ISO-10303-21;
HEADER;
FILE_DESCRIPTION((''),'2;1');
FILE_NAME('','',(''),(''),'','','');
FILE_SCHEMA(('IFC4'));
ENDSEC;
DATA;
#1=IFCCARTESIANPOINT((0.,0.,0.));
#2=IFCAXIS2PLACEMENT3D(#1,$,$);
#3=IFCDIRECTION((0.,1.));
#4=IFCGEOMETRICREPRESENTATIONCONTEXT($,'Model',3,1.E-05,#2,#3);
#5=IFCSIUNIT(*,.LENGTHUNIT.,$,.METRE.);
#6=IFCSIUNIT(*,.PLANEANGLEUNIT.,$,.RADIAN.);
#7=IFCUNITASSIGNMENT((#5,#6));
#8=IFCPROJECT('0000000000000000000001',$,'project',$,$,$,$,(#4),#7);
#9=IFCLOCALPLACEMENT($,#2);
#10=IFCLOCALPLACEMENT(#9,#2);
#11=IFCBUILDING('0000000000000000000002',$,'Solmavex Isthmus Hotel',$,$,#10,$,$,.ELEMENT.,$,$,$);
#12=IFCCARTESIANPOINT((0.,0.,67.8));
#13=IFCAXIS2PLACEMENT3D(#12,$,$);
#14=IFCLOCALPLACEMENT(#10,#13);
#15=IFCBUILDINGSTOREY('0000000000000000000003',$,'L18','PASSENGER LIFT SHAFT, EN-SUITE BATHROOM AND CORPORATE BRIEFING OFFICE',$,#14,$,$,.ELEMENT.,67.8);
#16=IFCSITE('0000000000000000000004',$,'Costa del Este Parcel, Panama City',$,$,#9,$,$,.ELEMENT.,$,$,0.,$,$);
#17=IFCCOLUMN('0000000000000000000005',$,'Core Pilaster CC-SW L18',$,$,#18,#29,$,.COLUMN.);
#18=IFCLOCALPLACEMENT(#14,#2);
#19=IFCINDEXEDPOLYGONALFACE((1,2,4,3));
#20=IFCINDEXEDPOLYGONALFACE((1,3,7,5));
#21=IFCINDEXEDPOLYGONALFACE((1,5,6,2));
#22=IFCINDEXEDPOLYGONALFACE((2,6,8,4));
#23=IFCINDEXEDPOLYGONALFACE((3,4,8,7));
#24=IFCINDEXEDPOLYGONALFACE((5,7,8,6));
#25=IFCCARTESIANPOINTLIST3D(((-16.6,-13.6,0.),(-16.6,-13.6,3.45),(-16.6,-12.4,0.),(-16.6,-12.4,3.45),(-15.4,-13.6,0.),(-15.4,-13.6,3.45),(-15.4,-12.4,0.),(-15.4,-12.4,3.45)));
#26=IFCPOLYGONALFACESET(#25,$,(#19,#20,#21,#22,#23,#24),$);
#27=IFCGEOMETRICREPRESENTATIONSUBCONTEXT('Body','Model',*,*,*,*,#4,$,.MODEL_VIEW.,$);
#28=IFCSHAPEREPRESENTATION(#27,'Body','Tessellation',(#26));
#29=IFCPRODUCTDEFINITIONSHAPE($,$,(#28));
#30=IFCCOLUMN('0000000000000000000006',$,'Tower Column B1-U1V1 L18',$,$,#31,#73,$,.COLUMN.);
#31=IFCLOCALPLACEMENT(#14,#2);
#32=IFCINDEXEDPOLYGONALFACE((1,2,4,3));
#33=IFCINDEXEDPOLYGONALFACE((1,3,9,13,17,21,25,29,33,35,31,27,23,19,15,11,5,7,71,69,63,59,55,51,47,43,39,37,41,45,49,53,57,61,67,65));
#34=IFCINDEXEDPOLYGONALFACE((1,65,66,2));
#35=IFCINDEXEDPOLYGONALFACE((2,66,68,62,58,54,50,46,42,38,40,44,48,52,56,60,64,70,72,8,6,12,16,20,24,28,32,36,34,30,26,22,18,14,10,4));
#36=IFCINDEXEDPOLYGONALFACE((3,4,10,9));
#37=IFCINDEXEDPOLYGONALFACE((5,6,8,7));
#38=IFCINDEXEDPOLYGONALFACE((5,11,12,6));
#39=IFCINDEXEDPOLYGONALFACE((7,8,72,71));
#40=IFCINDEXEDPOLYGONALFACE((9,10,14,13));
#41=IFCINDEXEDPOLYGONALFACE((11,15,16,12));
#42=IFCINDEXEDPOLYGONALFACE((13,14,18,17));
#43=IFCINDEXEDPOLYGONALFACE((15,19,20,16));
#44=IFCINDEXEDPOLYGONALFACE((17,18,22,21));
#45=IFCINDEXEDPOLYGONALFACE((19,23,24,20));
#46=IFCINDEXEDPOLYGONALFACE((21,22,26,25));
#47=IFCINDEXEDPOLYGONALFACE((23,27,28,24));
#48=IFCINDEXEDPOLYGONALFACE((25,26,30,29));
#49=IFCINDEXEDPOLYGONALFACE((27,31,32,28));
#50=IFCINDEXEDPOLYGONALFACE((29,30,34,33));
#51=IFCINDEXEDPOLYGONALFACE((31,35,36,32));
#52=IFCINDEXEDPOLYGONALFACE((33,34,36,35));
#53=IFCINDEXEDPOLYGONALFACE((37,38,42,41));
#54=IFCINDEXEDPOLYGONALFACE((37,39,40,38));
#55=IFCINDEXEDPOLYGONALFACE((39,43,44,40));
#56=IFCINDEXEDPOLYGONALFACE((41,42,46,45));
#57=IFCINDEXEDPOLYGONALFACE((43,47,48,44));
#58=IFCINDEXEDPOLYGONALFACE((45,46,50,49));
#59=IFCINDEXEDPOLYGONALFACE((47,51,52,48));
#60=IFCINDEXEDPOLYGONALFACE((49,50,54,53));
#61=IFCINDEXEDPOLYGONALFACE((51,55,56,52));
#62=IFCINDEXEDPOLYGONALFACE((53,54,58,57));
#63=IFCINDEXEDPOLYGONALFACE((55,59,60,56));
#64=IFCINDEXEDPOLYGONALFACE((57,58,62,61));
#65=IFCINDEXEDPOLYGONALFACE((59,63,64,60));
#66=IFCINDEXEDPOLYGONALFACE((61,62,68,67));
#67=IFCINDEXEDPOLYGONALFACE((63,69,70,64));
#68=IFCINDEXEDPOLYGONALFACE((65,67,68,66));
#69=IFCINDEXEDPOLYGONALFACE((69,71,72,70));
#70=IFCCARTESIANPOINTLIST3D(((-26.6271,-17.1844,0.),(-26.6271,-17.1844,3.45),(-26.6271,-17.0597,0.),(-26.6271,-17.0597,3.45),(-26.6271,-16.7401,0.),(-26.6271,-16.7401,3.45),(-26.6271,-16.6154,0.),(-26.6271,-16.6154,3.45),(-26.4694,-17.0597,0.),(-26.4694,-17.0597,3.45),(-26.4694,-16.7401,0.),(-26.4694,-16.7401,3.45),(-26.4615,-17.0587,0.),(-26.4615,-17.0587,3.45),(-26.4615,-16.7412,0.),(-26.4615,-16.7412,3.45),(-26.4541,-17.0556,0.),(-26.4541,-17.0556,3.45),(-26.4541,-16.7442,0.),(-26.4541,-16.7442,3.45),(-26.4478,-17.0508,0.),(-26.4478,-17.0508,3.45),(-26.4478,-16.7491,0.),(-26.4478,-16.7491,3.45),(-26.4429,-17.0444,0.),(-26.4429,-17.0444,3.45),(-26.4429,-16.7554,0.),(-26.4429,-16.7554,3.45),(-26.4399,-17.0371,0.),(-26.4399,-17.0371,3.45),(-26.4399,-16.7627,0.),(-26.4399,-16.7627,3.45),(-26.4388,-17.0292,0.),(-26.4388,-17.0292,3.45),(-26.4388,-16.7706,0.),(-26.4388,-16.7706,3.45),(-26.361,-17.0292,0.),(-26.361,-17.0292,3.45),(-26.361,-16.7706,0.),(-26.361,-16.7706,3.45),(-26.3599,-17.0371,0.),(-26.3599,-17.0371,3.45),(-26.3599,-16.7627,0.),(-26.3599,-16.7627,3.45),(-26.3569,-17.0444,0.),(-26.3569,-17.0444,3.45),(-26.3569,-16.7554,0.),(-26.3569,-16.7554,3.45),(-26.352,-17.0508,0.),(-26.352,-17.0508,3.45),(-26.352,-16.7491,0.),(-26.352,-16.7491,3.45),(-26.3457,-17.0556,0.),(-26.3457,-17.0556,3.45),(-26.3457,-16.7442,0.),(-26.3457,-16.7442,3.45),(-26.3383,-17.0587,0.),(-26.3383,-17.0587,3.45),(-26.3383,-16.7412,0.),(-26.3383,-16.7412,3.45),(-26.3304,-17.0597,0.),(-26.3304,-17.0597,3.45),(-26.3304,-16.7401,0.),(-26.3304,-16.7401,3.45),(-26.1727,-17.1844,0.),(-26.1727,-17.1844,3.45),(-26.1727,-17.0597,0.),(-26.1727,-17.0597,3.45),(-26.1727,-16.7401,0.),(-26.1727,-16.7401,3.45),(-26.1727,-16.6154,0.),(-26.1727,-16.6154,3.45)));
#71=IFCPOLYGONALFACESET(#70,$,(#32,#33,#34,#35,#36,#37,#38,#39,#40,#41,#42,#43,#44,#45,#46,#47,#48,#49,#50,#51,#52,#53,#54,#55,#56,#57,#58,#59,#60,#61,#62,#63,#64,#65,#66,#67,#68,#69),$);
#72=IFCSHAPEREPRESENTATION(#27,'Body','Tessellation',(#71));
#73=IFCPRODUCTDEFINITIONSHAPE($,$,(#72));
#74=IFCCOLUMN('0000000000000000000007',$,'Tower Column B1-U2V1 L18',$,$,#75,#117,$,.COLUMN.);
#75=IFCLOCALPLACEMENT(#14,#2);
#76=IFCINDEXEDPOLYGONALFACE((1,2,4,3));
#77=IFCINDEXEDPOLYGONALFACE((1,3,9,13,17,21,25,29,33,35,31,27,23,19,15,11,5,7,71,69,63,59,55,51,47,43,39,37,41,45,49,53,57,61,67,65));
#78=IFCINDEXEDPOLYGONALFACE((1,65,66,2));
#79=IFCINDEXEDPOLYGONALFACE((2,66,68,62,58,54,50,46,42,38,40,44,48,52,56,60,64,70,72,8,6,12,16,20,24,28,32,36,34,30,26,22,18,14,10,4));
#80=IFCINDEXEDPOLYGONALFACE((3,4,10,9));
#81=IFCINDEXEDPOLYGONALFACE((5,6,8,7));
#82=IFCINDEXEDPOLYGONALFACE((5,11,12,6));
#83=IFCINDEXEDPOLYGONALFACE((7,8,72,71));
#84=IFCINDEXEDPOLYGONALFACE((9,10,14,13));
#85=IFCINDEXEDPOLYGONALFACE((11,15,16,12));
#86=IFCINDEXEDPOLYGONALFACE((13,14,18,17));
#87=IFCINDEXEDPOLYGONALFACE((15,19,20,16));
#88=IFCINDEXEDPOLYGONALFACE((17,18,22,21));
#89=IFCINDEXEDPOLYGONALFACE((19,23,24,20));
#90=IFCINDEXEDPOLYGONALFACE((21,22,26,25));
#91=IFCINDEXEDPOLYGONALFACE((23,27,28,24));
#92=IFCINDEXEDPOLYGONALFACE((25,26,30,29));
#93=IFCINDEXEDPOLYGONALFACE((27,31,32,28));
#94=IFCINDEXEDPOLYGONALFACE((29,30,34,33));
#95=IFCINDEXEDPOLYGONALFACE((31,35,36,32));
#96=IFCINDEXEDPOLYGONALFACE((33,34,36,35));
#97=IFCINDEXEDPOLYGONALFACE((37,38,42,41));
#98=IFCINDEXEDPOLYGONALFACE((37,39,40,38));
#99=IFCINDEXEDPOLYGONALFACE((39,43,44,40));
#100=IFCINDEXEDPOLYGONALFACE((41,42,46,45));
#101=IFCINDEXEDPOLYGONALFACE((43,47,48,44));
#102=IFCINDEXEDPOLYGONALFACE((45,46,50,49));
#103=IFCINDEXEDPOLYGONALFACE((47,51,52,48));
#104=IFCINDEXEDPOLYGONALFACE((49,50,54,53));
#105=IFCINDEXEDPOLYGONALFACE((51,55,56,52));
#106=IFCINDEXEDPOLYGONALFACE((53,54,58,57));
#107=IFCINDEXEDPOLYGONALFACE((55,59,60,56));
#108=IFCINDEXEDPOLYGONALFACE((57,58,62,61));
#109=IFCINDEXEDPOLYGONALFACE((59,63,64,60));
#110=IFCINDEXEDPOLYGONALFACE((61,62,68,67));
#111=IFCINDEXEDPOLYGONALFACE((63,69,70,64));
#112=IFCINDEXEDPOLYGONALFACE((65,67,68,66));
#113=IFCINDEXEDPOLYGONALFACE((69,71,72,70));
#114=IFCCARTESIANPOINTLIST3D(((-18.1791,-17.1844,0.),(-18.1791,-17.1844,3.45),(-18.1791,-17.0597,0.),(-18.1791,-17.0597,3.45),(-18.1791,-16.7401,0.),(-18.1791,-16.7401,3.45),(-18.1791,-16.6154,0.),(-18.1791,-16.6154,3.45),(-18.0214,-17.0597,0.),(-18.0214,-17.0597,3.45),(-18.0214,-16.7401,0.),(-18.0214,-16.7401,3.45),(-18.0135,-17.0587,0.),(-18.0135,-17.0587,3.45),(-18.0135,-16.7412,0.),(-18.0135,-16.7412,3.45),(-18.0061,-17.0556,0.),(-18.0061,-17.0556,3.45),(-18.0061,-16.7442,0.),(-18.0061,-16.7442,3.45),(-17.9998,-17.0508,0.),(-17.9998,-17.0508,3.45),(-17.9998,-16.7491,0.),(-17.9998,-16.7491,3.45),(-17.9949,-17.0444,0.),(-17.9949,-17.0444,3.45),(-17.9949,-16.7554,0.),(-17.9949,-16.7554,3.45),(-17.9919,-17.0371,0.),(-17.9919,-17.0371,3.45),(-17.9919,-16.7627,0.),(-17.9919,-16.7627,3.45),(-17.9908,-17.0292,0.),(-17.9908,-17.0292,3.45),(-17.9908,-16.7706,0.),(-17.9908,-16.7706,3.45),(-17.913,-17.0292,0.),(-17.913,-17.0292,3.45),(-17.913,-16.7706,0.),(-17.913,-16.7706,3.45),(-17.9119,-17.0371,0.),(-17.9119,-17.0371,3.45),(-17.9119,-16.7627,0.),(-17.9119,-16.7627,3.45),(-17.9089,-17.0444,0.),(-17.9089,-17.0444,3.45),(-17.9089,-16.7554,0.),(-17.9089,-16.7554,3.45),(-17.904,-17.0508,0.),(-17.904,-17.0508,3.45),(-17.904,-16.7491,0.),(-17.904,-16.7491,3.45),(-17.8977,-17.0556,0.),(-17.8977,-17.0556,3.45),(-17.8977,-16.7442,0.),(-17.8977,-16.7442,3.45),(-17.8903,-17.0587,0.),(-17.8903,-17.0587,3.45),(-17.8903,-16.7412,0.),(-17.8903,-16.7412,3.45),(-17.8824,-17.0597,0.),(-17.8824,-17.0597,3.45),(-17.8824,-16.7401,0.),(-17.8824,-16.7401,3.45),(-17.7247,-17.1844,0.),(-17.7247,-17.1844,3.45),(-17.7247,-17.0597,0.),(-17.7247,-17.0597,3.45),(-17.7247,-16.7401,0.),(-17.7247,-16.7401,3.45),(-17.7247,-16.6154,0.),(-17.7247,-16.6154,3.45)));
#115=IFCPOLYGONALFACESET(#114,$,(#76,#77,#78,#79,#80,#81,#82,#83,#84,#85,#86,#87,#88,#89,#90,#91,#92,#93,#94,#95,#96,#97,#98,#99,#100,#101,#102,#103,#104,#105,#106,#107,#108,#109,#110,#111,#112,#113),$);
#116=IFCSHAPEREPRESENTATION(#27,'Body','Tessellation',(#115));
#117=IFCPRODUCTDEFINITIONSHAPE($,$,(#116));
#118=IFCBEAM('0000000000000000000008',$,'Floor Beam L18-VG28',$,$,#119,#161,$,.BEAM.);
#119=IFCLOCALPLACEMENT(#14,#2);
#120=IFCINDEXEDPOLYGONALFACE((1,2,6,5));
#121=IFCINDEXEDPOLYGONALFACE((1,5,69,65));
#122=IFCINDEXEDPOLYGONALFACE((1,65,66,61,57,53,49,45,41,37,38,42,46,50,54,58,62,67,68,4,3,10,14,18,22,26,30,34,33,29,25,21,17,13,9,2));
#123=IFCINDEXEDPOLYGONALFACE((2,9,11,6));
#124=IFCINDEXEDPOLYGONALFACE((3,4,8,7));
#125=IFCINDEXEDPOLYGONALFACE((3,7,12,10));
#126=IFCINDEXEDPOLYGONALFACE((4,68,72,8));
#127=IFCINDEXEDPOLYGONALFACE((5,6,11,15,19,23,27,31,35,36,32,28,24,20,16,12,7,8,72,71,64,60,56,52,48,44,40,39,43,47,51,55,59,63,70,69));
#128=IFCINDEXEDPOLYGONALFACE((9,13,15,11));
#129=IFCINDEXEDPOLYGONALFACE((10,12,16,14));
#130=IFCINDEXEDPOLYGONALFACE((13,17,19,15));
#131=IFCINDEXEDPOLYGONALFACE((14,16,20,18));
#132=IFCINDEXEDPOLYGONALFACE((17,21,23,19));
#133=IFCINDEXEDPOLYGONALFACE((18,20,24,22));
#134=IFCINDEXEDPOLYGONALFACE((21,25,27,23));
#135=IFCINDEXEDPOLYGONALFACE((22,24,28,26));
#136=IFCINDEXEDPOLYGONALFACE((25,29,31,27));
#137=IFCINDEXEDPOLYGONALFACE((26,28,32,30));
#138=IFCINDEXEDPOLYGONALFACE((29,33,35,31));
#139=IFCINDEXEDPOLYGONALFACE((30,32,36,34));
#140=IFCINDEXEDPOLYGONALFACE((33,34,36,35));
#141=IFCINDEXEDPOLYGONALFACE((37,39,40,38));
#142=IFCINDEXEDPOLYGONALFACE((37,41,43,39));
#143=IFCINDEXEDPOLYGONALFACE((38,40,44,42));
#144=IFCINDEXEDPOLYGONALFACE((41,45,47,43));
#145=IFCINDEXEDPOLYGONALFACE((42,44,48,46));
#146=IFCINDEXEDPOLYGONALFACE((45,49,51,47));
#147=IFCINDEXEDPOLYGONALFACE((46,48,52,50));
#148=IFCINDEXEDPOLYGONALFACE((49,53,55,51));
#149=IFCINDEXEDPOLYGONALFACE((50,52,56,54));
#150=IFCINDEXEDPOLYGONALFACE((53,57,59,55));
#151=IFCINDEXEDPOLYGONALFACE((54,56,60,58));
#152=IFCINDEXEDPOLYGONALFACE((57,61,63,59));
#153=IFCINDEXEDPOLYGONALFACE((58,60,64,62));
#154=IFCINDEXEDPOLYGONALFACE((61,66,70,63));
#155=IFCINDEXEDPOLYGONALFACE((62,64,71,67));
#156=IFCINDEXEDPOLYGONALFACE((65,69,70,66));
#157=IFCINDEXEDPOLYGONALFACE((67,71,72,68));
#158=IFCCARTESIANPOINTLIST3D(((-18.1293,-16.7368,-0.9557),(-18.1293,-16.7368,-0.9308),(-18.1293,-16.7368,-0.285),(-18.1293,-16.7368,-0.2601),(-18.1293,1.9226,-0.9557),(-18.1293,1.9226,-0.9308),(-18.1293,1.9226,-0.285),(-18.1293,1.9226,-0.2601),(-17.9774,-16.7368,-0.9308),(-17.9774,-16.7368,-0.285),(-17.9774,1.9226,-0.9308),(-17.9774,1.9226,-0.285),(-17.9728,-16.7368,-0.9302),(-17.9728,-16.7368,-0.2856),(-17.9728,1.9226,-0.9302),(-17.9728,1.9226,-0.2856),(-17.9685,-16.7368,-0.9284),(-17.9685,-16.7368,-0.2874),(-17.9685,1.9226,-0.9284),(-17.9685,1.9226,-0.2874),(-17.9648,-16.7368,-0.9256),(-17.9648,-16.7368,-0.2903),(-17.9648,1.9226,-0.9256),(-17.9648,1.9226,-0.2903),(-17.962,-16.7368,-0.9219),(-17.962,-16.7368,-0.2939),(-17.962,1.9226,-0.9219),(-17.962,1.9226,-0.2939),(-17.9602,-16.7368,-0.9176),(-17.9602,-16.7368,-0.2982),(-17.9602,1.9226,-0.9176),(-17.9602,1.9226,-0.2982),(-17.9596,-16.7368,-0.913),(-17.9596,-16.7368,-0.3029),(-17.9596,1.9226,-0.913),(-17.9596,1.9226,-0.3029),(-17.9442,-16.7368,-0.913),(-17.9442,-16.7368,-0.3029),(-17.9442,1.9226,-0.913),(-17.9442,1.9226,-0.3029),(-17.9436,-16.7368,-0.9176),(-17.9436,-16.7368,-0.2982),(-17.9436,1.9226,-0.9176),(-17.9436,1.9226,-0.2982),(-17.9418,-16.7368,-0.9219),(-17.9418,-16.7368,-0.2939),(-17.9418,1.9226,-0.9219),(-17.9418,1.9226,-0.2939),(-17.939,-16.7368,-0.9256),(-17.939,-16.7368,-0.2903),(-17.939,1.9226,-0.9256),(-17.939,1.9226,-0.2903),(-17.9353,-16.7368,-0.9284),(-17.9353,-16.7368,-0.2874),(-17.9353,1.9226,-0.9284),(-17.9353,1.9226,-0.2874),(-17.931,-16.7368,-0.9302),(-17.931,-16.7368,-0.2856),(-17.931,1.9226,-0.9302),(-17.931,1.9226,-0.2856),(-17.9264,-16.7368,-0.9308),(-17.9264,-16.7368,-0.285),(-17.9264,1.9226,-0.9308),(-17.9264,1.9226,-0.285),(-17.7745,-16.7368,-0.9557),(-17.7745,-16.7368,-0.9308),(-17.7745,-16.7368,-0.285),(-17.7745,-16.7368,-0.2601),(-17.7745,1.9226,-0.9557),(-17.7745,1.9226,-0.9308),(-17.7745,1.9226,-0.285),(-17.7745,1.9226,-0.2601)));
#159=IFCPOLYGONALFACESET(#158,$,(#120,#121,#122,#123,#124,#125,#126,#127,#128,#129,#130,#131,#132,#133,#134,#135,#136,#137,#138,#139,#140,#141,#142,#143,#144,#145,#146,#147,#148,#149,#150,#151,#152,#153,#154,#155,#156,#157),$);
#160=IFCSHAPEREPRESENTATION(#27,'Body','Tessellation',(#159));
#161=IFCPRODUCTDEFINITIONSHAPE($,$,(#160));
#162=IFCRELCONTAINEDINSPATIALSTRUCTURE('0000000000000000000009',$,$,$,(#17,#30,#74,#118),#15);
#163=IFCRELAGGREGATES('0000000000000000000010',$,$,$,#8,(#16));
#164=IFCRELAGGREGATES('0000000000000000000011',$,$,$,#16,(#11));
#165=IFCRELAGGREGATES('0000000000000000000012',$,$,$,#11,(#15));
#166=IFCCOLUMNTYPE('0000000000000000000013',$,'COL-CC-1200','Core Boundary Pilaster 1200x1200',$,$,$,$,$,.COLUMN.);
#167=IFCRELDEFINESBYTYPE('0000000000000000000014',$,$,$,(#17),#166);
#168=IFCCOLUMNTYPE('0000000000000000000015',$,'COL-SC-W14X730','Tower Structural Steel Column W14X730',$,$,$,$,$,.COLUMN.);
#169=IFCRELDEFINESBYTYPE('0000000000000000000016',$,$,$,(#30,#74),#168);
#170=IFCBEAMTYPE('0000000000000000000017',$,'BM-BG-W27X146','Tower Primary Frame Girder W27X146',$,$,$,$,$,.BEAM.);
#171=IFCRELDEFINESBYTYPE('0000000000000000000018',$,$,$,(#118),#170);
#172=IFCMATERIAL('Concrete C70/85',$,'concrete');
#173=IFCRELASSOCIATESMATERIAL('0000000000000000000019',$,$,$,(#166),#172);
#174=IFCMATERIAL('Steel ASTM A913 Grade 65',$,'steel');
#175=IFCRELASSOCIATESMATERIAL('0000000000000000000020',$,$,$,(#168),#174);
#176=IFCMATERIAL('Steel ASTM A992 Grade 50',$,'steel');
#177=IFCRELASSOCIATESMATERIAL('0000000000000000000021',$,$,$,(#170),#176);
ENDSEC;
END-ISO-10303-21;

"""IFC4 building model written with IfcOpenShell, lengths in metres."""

from ifc_helpers import new_model, si_unit, direction, frame, origin, origin_2d, place, context, subcontext, project, spatial, rectangle, i_section, extrude, material, material_profile, profile_set, type_object, element, save


model = new_model("IFC4")

# Units and contexts
model_context = context("Model", 3, precision=1e-05, world=origin(), true_north=direction((0.0, 1.0)))
body_context = subcontext(model_context, "Body", "Model", "MODEL_VIEW")
ifc_project = project(units=[si_unit("LENGTHUNIT", "METRE"), si_unit("PLANEANGLEUNIT", "RADIAN")], contexts=[model_context])

# Site, building, storey
site_placement = place(None, origin())
site = spatial("IfcSite", under=ifc_project, at=site_placement, Name="Costa del Este Parcel, Panama City", CompositionType="ELEMENT", RefElevation=0.0)
building_placement = place(site_placement, origin())
building = spatial("IfcBuilding", under=site, at=building_placement, Name="Solmavex Isthmus Hotel", CompositionType="ELEMENT")
storey_placement = place(building_placement, frame((0.0, 0.0, 67.8)))
storey = spatial("IfcBuildingStorey", under=building, at=storey_placement, Name="L18", Description="PASSENGER LIFT SHAFT, EN-SUITE BATHROOM AND CORPORATE BRIEFING OFFICE", CompositionType="ELEMENT", Elevation=67.8)

# Columns
ifc_material_1 = material(Name="Concrete C70/85", Category="concrete")
ifc_material_profile_1 = material_profile(ifc_material_1, rectangle(XDim=1.2, YDim=1.2, at=origin_2d()), Name="RC1200X1200")
ifc_profile_set_1 = profile_set([ifc_material_profile_1], Name="Concrete C70/85")
column_type_1 = type_object("IfcColumnType", Name="COL-CC-1200", Description="Core Boundary Pilaster 1200x1200", PredefinedType="COLUMN", material=ifc_profile_set_1)
column_placement = place(storey_placement, frame((-16.0, -13.0, 0.0), z_axis=(0.0, 0.0, 1.0), x_axis=(1.0, 0.0, 0.0)))
element("IfcColumn", 1, at=column_placement, inside=storey, type_object=column_type_1, Name="Core Pilaster CC-SW L18", PredefinedType="COLUMN", context=body_context, shape_type="SweptSolid", body=[
    extrude(rectangle(XDim=1.2, YDim=1.2, at=origin_2d()), origin(), (0.0, 0.0, 1.0), 3.45),
])
ifc_material_2 = material(Name="Steel ASTM A913 Grade 65", Category="steel")
ifc_material_profile_2 = material_profile(ifc_material_2, i_section(OverallWidth=0.4543, OverallDepth=0.5691, WebThickness=0.0779, FlangeThickness=0.1248, FilletRadius=0.0305, at=origin_2d()), Name="W14X730")
ifc_profile_set_2 = profile_set([ifc_material_profile_2], Name="Steel ASTM A913 Grade 65")
column_type_2 = type_object("IfcColumnType", Name="COL-SC-W14X730", Description="Tower Structural Steel Column W14X730", PredefinedType="COLUMN", material=ifc_profile_set_2)
for number, where, z_axis, x_axis, name in (
    (2, (-26.3999, -16.8999, 0.0), (0.0, 0.0, 1.0), (1.0, 0.0, 0.0), "Tower Column B1-U1V1 L18"),
    (3, (-17.9519, -16.8999, 0.0), (0.0, 0.0, 1.0), (1.0, 0.0, 0.0), "Tower Column B1-U2V1 L18"),
):
    element("IfcColumn", number, at=place(storey_placement, frame(where, z_axis=z_axis, x_axis=x_axis)), inside=storey, type_object=column_type_2, Name=name, PredefinedType="COLUMN", context=body_context, shape_type="SweptSolid", body=[
        extrude(i_section(OverallWidth=0.4543, OverallDepth=0.5691, WebThickness=0.0779, FlangeThickness=0.1248, FilletRadius=0.0305, at=origin_2d()), origin(), (0.0, 0.0, 1.0), 3.45),
    ])

# Beam
ifc_material_3 = material(Name="Steel ASTM A992 Grade 50", Category="steel")
ifc_material_profile_3 = material_profile(ifc_material_3, i_section(OverallWidth=0.3547, OverallDepth=0.6956, WebThickness=0.0154, FlangeThickness=0.0249, FilletRadius=0.0178, at=origin_2d()), Name="W27X146")
ifc_profile_set_3 = profile_set([ifc_material_profile_3], Name="Steel ASTM A992 Grade 50")
beam_type_1 = type_object("IfcBeamType", Name="BM-BG-W27X146", Description="Tower Primary Frame Girder W27X146", PredefinedType="BEAM", material=ifc_profile_set_3)
beam_1_placement = place(storey_placement, frame((-17.9519, -16.7368, -0.6079), z_axis=(0.0, 1.0, 0.0), x_axis=(-1.0, 0.0, 0.0)))
element("IfcBeam", 4, at=beam_1_placement, inside=storey, type_object=beam_type_1, Name="Floor Beam L18-VG28", PredefinedType="BEAM", context=body_context, shape_type="SweptSolid", body=[
    extrude(i_section(OverallWidth=0.3547, OverallDepth=0.6956, WebThickness=0.0154, FlangeThickness=0.0249, FilletRadius=0.0178, at=origin_2d()), origin(), (0.0, 0.0, 1.0), 18.6594),
])

save(model, "model.ifc")
